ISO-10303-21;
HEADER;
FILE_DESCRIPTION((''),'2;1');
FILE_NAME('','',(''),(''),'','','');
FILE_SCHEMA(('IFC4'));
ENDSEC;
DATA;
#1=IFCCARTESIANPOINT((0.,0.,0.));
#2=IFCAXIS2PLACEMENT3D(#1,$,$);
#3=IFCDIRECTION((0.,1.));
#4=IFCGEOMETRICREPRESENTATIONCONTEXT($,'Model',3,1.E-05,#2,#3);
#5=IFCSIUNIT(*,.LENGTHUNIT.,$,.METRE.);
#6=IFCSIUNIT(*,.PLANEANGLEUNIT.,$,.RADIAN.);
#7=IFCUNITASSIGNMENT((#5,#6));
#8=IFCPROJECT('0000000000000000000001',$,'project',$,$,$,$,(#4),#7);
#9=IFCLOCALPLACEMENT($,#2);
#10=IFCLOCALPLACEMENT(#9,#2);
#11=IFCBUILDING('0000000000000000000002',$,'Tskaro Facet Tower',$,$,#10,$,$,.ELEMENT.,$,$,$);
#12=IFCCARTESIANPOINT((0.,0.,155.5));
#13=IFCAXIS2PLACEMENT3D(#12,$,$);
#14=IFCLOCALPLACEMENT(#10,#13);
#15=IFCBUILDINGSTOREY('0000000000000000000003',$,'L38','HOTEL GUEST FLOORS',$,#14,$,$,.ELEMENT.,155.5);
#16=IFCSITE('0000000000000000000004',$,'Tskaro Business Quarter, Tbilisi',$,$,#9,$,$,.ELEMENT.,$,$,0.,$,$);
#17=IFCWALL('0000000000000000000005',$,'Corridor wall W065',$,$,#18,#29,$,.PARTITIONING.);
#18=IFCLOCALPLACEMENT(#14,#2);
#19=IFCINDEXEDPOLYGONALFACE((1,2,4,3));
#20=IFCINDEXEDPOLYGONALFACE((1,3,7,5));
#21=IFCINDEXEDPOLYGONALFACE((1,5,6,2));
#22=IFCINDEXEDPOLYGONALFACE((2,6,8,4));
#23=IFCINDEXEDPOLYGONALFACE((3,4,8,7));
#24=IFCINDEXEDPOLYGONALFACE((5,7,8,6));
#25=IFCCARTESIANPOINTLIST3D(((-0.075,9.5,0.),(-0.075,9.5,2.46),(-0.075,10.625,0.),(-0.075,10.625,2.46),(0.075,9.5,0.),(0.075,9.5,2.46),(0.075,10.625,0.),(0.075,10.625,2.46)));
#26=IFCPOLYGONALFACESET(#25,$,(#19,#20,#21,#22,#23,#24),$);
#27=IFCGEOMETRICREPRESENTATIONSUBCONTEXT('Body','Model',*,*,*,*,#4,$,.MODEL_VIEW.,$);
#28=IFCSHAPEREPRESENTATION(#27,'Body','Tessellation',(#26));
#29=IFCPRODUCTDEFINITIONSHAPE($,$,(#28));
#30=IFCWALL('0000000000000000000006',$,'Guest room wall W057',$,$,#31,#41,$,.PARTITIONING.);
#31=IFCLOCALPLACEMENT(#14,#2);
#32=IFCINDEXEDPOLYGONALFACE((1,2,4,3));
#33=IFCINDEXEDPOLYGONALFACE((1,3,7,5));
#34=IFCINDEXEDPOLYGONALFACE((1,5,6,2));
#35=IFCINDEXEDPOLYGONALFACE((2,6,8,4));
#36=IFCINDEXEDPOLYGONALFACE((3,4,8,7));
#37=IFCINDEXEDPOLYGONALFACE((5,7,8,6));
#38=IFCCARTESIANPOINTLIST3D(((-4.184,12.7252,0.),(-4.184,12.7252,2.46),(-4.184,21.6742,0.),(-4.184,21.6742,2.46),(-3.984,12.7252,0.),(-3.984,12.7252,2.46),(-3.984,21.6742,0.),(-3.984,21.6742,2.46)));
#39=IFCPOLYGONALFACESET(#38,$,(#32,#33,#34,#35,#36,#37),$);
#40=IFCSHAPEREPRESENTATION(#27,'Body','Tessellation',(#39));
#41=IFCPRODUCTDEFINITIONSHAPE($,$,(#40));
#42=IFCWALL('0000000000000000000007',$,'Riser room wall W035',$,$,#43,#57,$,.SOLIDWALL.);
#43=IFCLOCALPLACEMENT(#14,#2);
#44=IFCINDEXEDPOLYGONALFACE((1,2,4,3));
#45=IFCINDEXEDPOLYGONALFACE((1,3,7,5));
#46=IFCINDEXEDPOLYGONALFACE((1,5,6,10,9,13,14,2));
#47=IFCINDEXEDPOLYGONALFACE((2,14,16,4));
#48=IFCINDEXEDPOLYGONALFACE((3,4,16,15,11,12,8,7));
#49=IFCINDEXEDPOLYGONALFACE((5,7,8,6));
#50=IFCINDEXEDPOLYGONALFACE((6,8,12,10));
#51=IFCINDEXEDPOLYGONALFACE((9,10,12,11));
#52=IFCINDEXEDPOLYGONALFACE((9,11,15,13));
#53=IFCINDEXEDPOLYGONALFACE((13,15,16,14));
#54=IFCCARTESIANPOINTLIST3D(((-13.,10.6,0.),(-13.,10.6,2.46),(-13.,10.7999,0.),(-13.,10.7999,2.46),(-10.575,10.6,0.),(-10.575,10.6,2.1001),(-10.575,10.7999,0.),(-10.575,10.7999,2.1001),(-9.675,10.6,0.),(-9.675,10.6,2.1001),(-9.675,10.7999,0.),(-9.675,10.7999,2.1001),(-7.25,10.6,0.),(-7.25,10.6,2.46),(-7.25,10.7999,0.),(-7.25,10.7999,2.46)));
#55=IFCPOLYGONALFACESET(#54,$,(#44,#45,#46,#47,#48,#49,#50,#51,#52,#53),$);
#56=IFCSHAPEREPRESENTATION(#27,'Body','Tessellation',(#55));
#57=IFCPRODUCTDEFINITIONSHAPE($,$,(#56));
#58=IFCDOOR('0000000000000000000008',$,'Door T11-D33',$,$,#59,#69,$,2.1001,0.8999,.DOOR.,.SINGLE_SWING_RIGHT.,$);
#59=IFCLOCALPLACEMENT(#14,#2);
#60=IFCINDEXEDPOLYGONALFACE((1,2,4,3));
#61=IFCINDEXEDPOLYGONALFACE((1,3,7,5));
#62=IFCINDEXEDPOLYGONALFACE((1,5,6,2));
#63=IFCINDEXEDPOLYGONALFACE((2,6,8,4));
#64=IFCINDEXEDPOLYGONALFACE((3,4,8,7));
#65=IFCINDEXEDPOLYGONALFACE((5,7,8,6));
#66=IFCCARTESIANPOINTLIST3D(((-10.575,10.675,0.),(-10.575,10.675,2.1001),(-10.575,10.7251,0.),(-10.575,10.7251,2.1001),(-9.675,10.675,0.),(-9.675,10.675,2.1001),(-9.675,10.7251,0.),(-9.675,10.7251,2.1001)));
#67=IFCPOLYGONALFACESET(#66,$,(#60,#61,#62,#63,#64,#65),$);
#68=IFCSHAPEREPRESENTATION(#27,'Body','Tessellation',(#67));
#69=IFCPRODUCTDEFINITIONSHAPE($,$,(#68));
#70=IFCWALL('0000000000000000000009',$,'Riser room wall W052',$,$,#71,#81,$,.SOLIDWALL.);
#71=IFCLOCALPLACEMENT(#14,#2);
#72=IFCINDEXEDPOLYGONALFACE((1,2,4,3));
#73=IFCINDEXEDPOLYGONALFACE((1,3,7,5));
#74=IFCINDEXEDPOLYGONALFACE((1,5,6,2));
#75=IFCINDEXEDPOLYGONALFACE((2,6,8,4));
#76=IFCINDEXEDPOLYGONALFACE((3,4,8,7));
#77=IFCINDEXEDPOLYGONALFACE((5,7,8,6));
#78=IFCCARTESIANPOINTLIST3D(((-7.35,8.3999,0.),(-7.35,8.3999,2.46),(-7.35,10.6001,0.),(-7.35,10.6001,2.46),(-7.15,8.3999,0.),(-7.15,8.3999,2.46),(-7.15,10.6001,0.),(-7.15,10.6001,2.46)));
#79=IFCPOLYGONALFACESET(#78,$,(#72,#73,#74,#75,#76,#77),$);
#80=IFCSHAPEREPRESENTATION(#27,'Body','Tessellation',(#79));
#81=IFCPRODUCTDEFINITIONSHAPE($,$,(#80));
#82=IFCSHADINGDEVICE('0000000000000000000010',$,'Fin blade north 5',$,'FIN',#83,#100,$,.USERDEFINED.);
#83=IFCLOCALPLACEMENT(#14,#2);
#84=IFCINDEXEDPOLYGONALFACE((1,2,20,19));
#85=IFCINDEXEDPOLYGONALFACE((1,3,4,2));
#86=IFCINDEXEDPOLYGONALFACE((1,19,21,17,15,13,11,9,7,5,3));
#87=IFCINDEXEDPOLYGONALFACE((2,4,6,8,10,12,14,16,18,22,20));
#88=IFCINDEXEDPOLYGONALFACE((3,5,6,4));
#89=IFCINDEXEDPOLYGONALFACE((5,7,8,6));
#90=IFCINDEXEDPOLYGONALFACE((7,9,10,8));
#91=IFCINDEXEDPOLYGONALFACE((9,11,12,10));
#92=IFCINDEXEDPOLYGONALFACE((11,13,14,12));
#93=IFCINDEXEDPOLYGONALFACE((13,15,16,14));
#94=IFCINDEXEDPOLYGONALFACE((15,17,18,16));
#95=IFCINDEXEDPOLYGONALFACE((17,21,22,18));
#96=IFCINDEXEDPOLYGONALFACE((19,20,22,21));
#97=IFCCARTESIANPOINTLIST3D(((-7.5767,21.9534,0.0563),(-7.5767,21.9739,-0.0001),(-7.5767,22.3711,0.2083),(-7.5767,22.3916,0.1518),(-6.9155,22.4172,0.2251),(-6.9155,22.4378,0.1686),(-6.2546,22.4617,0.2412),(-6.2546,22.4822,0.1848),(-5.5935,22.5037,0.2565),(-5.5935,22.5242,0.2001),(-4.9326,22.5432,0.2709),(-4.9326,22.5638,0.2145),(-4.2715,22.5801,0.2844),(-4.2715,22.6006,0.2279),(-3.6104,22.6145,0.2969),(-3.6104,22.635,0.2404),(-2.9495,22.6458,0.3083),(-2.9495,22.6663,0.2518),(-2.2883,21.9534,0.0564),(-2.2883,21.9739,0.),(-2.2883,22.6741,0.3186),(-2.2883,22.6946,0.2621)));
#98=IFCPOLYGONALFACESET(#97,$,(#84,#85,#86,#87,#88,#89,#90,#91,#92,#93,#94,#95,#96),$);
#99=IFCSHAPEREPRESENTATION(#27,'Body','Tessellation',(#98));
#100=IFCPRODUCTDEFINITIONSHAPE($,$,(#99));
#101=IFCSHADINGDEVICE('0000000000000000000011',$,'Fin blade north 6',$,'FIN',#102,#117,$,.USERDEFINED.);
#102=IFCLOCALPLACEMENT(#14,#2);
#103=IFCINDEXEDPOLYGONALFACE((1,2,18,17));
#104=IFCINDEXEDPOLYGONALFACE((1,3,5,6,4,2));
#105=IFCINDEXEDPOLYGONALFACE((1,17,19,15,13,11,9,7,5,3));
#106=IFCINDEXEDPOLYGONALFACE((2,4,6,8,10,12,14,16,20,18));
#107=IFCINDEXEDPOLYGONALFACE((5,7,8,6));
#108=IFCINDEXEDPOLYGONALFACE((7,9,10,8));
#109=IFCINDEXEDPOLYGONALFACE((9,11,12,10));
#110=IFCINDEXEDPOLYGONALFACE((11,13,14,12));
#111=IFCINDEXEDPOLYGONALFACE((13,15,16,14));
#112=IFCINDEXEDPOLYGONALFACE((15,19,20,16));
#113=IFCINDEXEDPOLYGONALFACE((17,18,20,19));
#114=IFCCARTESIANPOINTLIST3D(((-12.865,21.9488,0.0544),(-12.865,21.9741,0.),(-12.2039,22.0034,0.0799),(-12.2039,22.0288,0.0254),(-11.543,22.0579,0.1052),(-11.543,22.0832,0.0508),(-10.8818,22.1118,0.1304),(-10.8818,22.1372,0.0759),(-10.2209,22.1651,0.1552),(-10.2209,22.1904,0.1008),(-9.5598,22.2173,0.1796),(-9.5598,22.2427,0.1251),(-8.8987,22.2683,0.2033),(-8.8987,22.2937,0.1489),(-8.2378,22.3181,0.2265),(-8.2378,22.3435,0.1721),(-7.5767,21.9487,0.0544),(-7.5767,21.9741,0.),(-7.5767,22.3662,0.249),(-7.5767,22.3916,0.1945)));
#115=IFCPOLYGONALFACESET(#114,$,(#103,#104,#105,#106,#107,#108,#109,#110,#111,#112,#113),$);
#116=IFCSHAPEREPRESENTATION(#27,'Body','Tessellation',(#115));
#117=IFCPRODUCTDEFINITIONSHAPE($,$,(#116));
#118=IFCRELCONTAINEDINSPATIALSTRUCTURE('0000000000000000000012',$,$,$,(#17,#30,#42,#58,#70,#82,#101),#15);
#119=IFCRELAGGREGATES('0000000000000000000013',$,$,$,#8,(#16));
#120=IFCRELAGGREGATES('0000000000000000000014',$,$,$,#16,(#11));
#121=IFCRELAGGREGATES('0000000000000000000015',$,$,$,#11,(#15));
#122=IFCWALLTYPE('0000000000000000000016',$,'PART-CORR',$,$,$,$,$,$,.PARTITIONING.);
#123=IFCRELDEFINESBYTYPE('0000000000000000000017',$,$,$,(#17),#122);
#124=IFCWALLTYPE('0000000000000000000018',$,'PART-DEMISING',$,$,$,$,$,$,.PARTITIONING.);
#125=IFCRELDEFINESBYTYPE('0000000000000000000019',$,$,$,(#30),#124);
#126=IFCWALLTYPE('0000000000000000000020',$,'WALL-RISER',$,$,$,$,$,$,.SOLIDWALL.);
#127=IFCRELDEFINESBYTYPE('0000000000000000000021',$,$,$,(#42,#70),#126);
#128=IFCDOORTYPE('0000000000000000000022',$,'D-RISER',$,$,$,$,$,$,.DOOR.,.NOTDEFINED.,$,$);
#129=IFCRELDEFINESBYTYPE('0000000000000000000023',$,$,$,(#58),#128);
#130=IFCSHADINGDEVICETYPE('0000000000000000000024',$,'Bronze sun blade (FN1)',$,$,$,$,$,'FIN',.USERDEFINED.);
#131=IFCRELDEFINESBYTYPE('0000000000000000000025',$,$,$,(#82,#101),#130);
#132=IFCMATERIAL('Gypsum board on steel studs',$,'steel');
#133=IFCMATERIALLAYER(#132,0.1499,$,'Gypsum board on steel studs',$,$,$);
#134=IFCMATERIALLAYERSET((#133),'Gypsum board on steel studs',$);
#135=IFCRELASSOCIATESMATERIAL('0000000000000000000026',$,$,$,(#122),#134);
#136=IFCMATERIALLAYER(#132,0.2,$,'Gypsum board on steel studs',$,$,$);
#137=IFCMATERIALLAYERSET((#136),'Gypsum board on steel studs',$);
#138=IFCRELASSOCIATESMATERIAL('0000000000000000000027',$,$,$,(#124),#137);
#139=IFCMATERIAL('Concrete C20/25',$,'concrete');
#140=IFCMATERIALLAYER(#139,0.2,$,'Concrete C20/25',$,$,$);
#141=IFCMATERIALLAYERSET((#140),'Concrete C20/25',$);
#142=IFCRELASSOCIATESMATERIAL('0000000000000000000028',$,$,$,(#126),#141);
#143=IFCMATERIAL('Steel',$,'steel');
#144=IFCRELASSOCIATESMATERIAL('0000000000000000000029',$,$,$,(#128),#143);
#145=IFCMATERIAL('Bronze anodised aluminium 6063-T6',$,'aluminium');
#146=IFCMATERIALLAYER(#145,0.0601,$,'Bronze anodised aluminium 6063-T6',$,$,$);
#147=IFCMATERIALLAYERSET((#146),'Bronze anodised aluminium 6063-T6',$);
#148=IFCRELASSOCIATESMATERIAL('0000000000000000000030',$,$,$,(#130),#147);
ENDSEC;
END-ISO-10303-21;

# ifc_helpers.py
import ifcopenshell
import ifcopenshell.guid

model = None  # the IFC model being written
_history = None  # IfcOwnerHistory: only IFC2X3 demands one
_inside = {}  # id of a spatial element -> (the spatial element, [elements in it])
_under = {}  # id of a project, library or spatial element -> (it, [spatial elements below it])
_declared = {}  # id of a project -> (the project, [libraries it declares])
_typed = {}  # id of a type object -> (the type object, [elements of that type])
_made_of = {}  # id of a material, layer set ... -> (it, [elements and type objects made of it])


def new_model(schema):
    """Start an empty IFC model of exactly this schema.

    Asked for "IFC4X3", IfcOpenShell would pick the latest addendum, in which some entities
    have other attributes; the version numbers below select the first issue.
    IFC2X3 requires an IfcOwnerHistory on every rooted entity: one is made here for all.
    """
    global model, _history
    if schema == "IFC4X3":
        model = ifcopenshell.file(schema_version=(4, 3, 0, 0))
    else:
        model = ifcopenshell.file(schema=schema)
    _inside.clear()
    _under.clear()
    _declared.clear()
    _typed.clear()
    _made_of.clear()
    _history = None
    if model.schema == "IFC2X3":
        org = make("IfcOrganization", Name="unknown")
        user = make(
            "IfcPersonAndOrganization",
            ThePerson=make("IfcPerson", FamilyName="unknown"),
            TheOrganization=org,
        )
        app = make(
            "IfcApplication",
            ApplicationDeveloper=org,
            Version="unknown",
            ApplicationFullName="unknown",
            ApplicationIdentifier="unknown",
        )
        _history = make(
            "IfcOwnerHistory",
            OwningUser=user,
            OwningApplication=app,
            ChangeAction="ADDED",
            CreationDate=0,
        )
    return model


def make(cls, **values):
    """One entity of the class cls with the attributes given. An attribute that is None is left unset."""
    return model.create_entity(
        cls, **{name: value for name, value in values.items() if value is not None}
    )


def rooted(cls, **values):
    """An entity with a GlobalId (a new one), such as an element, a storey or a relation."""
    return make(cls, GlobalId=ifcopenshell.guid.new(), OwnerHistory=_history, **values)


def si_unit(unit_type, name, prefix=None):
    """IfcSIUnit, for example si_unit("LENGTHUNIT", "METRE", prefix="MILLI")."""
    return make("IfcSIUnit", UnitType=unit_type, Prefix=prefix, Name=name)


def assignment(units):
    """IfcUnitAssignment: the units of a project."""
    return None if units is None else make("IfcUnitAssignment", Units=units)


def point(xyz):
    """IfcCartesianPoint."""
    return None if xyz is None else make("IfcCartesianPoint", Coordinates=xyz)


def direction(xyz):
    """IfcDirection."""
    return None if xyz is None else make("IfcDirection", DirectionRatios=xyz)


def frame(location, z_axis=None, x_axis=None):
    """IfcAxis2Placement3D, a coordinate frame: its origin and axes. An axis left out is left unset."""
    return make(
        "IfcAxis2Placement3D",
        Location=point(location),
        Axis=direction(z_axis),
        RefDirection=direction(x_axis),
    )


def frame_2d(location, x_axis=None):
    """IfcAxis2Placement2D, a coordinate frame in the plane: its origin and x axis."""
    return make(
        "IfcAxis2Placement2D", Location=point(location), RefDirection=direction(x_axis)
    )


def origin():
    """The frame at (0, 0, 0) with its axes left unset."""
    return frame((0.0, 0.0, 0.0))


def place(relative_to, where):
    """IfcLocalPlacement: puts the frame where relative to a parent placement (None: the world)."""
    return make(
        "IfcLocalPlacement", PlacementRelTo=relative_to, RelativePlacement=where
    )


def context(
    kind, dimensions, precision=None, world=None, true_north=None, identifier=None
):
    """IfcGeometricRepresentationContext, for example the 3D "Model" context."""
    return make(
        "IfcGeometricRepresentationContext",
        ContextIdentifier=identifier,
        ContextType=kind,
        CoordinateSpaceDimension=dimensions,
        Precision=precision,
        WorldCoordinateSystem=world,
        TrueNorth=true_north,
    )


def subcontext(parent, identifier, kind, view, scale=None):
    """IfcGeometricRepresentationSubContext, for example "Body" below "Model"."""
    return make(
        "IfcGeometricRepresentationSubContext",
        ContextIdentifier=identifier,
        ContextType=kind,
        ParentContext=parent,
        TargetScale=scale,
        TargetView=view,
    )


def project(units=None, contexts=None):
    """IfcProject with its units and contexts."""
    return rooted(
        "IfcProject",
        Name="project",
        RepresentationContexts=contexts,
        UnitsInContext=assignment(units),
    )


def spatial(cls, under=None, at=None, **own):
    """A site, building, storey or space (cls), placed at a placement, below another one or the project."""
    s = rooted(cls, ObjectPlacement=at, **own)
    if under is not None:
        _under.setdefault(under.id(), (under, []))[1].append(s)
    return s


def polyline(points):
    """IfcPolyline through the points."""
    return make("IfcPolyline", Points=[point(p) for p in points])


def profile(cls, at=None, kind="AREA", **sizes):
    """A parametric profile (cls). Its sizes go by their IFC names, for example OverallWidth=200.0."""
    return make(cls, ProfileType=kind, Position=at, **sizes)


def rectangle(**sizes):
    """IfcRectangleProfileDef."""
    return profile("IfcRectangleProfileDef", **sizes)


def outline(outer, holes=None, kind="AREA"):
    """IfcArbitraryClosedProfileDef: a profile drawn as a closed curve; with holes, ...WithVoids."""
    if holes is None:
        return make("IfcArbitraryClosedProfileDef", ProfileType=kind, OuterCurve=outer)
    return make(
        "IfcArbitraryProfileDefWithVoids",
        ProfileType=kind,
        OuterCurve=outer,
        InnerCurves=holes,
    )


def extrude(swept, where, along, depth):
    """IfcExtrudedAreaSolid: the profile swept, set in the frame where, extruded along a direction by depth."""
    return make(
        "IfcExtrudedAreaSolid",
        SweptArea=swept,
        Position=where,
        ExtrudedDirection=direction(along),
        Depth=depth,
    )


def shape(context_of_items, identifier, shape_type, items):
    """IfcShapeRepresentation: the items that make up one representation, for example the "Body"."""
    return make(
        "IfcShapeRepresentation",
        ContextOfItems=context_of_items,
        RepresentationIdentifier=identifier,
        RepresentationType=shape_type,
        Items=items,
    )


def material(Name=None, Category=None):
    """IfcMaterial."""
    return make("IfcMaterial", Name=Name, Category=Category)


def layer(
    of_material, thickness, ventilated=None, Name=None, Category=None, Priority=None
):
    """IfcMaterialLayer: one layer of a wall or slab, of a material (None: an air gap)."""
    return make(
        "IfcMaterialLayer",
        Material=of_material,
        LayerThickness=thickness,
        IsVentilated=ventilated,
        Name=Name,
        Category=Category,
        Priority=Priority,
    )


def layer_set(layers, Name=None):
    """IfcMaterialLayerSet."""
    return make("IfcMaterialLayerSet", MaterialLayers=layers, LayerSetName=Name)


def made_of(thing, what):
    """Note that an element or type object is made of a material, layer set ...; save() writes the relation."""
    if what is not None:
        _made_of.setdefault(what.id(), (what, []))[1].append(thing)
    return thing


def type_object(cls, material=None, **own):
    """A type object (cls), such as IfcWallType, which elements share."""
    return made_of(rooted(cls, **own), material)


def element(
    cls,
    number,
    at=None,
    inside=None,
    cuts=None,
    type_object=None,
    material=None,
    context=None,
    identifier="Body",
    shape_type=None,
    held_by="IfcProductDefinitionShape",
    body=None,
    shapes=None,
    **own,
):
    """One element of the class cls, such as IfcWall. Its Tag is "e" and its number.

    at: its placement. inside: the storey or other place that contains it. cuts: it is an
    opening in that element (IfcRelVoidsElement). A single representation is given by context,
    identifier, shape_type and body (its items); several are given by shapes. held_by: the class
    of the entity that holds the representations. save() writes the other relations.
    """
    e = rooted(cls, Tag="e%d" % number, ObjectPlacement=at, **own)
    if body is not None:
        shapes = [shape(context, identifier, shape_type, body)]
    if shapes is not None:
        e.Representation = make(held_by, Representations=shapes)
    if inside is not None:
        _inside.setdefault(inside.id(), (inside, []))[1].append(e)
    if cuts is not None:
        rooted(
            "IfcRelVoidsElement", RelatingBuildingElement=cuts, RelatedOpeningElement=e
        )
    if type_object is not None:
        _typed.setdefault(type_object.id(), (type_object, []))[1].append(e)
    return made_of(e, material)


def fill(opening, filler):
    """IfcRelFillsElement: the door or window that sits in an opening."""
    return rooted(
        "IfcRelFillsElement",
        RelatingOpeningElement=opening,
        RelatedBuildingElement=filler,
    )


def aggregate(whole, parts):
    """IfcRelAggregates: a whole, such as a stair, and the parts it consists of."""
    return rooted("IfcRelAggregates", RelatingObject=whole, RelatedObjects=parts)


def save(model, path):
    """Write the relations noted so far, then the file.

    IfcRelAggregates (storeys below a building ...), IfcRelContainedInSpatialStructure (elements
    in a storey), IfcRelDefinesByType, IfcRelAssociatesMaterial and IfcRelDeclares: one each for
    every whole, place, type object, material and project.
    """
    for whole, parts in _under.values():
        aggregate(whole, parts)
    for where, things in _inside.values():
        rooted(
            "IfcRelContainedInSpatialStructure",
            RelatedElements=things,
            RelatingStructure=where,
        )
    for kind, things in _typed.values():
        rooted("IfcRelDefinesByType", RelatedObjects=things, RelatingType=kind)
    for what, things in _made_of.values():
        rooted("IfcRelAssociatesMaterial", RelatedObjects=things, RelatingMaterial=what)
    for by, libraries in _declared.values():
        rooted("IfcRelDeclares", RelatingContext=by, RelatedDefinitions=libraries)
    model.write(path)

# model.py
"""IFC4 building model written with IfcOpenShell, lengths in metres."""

from ifc_helpers import new_model, si_unit, direction, frame, frame_2d, origin, place, context, subcontext, project, spatial, polyline, rectangle, outline, extrude, material, layer, layer_set, type_object, element, fill, save


model = new_model("IFC4")

# Units and contexts
model_context = context("Model", 3, precision=1e-05, world=origin(), true_north=direction((0.0, 1.0)))
body_context = subcontext(model_context, "Body", "Model", "MODEL_VIEW")
ifc_project = project(units=[si_unit("LENGTHUNIT", "METRE"), si_unit("PLANEANGLEUNIT", "RADIAN")], contexts=[model_context])

# Site, building, storey
site_placement = place(None, origin())
site = spatial("IfcSite", under=ifc_project, at=site_placement, Name="Tskaro Business Quarter, Tbilisi", CompositionType="ELEMENT", RefElevation=0.0)
building_placement = place(site_placement, origin())
building = spatial("IfcBuilding", under=site, at=building_placement, Name="Tskaro Facet Tower", CompositionType="ELEMENT")
storey_placement = place(building_placement, frame((0.0, 0.0, 155.5)))
storey = spatial("IfcBuildingStorey", under=building, at=storey_placement, Name="L38", Description="HOTEL GUEST FLOORS", CompositionType="ELEMENT", Elevation=155.5)

# Shared definitions
ifc_material_1 = material(Name="Bronze anodised aluminium 6063-T6", Category="aluminium")

# Shared definitions
ifc_material_2 = material(Name="Gypsum board on steel studs", Category="steel")
ifc_layer_1 = layer(ifc_material_2, 0.1499, Name="Gypsum board on steel studs")
ifc_layer_set_1 = layer_set([ifc_layer_1], Name="Gypsum board on steel studs")
wall_type_1 = type_object("IfcWallType", Name="PART-CORR", PredefinedType="PARTITIONING", material=ifc_layer_set_1)

# Walls
wall_1_placement = place(storey_placement, frame((0.0, 9.5, 0.0), z_axis=(0.0, 0.0, 1.0), x_axis=(0.0, 1.0, 0.0)))
element("IfcWall", 1, at=wall_1_placement, inside=storey, type_object=wall_type_1, Name="Corridor wall W065", PredefinedType="PARTITIONING", context=body_context, shape_type="SweptSolid", body=[
    extrude(rectangle(XDim=1.125, YDim=0.1499, at=frame_2d((0.5625, 0.0))), origin(), (0.0, 0.0, 1.0), 2.46),
])
ifc_layer_2 = layer(ifc_material_2, 0.2, Name="Gypsum board on steel studs")
ifc_layer_set_2 = layer_set([ifc_layer_2], Name="Gypsum board on steel studs")
wall_type_2 = type_object("IfcWallType", Name="PART-DEMISING", PredefinedType="PARTITIONING", material=ifc_layer_set_2)
wall_2_placement = place(storey_placement, frame((-4.084, 12.7251, 0.0), z_axis=(0.0, 0.0, 1.0), x_axis=(0.0, 1.0, 0.0)))
element("IfcWall", 2, at=wall_2_placement, inside=storey, type_object=wall_type_2, Name="Guest room wall W057", PredefinedType="PARTITIONING", context=body_context, shape_type="SweptSolid", body=[
    extrude(rectangle(XDim=8.949, YDim=0.2, at=frame_2d((4.4746, 0.0))), origin(), (0.0, 0.0, 1.0), 2.46),
])

# Wall, opening, door
ifc_material_3 = material(Name="Concrete C20/25", Category="concrete")
ifc_layer_3 = layer(ifc_material_3, 0.2, Name="Concrete C20/25")
ifc_layer_set_3 = layer_set([ifc_layer_3], Name="Concrete C20/25")
wall_type_3 = type_object("IfcWallType", Name="WALL-RISER", PredefinedType="SOLIDWALL", material=ifc_layer_set_3)
wall_3_placement = place(storey_placement, frame((-7.25, 10.7, 0.0), z_axis=(0.0, 0.0, 1.0), x_axis=(-1.0, 0.0, 0.0)))
wall_3 = element("IfcWall", 3, at=wall_3_placement, inside=storey, type_object=wall_type_3, Name="Riser room wall W035", PredefinedType="SOLIDWALL", context=body_context, shape_type="SweptSolid", body=[
    extrude(rectangle(XDim=5.75, YDim=0.2, at=frame_2d((2.875, 0.0))), origin(), (0.0, 0.0, 1.0), 2.46),
])
opening_1_placement = place(wall_3_placement, frame((2.425, 0.0, 0.0)))
opening_1 = element("IfcOpeningElement", 4, at=opening_1_placement, cuts=wall_3, PredefinedType="OPENING", context=body_context, shape_type="SweptSolid", body=[
    extrude(rectangle(XDim=0.8999, YDim=2.1001, at=frame_2d((0.45, 1.05))), frame((0.0, 0.1099, 0.0), z_axis=(0.0, -1.0, 0.0), x_axis=(1.0, 0.0, 0.0)), (0.0, 0.0, 1.0), 0.22),
])
ifc_material_4 = material(Name="Steel", Category="steel")
door_type_1 = type_object("IfcDoorType", Name="D-RISER", OperationType="NOTDEFINED", PredefinedType="DOOR", material=ifc_material_4)
door_1_placement = place(opening_1_placement, origin())
door_1 = element("IfcDoor", 5, at=door_1_placement, inside=storey, type_object=door_type_1, Name="Door T11-D33", OperationType="SINGLE_SWING_RIGHT", OverallHeight=2.1001, OverallWidth=0.8999, PredefinedType="DOOR", context=body_context, shape_type="SweptSolid", body=[
    extrude(rectangle(XDim=0.8999, YDim=2.1001, at=frame_2d((0.45, 1.05))), frame((0.0, 0.0249, 0.0), z_axis=(0.0, -1.0, 0.0), x_axis=(1.0, 0.0, 0.0)), (0.0, 0.0, 1.0), 0.05),
])
fill(opening_1, door_1)

# Wall
wall_4_placement = place(storey_placement, frame((-7.25, 8.3999, 0.0), z_axis=(0.0, 0.0, 1.0), x_axis=(0.0, 1.0, 0.0)))
element("IfcWall", 6, at=wall_4_placement, inside=storey, type_object=wall_type_3, Name="Riser room wall W052", PredefinedType="SOLIDWALL", context=body_context, shape_type="SweptSolid", body=[
    extrude(rectangle(XDim=2.2002, YDim=0.2, at=frame_2d((1.1001, 0.0))), origin(), (0.0, 0.0, 1.0), 2.46),
])

# Shading devices
ifc_layer_4 = layer(ifc_material_1, 0.0601, Name="Bronze anodised aluminium 6063-T6")
ifc_layer_set_4 = layer_set([ifc_layer_4], Name="Bronze anodised aluminium 6063-T6")
shading_device_type = type_object("IfcShadingDeviceType", Name="Bronze sun blade (FN1)", ElementType="FIN", PredefinedType="USERDEFINED", material=ifc_layer_set_4)
shading_device_1_placement = place(storey_placement, frame((-2.2883, 21.9534, 0.0564), z_axis=(-0.000011, -0.341854, 0.939753), x_axis=(-1.0, 0.000004, -0.00001)))
element("IfcShadingDevice", 7, at=shading_device_1_placement, inside=storey, type_object=shading_device_type, Name="Fin blade north 5", ObjectType="FIN", PredefinedType="USERDEFINED", context=body_context, shape_type="SweptSolid", body=[
    extrude(outline(polyline([(0.0, 0.0), (5.2883, 0.0), (5.2883, -0.4445), (4.6272, -0.4936), (3.9663, -0.5409), (3.3052, -0.5856), (2.6443, -0.6277), (1.9832, -0.6669), (1.322, -0.7035), (0.6611, -0.7368), (0.0, -0.7669), (0.0, 0.0)])), origin(), (0.0, 0.0, -1.0), 0.0601),
])
shading_device_2_placement = place(storey_placement, frame((-7.5767, 21.9487, 0.0544), z_axis=(-0.000011, -0.422343, 0.906436), x_axis=(-1.0, 0.000004, -0.00001)))
element("IfcShadingDevice", 8, at=shading_device_2_placement, inside=storey, type_object=shading_device_type, Name="Fin blade north 6", ObjectType="FIN", PredefinedType="USERDEFINED", context=body_context, shape_type="SweptSolid", body=[
    extrude(outline(polyline([(0.0, 0.0), (5.2883, 0.0), (4.6272, -0.0603), (3.9663, -0.1204), (3.3052, -0.1799), (2.6443, -0.2387), (1.9832, -0.2963), (1.322, -0.3526), (0.6611, -0.4075), (0.0, -0.4606), (0.0, 0.0)])), origin(), (0.0, 0.0, -1.0), 0.0601),
])

save(model, "model.ifc")
